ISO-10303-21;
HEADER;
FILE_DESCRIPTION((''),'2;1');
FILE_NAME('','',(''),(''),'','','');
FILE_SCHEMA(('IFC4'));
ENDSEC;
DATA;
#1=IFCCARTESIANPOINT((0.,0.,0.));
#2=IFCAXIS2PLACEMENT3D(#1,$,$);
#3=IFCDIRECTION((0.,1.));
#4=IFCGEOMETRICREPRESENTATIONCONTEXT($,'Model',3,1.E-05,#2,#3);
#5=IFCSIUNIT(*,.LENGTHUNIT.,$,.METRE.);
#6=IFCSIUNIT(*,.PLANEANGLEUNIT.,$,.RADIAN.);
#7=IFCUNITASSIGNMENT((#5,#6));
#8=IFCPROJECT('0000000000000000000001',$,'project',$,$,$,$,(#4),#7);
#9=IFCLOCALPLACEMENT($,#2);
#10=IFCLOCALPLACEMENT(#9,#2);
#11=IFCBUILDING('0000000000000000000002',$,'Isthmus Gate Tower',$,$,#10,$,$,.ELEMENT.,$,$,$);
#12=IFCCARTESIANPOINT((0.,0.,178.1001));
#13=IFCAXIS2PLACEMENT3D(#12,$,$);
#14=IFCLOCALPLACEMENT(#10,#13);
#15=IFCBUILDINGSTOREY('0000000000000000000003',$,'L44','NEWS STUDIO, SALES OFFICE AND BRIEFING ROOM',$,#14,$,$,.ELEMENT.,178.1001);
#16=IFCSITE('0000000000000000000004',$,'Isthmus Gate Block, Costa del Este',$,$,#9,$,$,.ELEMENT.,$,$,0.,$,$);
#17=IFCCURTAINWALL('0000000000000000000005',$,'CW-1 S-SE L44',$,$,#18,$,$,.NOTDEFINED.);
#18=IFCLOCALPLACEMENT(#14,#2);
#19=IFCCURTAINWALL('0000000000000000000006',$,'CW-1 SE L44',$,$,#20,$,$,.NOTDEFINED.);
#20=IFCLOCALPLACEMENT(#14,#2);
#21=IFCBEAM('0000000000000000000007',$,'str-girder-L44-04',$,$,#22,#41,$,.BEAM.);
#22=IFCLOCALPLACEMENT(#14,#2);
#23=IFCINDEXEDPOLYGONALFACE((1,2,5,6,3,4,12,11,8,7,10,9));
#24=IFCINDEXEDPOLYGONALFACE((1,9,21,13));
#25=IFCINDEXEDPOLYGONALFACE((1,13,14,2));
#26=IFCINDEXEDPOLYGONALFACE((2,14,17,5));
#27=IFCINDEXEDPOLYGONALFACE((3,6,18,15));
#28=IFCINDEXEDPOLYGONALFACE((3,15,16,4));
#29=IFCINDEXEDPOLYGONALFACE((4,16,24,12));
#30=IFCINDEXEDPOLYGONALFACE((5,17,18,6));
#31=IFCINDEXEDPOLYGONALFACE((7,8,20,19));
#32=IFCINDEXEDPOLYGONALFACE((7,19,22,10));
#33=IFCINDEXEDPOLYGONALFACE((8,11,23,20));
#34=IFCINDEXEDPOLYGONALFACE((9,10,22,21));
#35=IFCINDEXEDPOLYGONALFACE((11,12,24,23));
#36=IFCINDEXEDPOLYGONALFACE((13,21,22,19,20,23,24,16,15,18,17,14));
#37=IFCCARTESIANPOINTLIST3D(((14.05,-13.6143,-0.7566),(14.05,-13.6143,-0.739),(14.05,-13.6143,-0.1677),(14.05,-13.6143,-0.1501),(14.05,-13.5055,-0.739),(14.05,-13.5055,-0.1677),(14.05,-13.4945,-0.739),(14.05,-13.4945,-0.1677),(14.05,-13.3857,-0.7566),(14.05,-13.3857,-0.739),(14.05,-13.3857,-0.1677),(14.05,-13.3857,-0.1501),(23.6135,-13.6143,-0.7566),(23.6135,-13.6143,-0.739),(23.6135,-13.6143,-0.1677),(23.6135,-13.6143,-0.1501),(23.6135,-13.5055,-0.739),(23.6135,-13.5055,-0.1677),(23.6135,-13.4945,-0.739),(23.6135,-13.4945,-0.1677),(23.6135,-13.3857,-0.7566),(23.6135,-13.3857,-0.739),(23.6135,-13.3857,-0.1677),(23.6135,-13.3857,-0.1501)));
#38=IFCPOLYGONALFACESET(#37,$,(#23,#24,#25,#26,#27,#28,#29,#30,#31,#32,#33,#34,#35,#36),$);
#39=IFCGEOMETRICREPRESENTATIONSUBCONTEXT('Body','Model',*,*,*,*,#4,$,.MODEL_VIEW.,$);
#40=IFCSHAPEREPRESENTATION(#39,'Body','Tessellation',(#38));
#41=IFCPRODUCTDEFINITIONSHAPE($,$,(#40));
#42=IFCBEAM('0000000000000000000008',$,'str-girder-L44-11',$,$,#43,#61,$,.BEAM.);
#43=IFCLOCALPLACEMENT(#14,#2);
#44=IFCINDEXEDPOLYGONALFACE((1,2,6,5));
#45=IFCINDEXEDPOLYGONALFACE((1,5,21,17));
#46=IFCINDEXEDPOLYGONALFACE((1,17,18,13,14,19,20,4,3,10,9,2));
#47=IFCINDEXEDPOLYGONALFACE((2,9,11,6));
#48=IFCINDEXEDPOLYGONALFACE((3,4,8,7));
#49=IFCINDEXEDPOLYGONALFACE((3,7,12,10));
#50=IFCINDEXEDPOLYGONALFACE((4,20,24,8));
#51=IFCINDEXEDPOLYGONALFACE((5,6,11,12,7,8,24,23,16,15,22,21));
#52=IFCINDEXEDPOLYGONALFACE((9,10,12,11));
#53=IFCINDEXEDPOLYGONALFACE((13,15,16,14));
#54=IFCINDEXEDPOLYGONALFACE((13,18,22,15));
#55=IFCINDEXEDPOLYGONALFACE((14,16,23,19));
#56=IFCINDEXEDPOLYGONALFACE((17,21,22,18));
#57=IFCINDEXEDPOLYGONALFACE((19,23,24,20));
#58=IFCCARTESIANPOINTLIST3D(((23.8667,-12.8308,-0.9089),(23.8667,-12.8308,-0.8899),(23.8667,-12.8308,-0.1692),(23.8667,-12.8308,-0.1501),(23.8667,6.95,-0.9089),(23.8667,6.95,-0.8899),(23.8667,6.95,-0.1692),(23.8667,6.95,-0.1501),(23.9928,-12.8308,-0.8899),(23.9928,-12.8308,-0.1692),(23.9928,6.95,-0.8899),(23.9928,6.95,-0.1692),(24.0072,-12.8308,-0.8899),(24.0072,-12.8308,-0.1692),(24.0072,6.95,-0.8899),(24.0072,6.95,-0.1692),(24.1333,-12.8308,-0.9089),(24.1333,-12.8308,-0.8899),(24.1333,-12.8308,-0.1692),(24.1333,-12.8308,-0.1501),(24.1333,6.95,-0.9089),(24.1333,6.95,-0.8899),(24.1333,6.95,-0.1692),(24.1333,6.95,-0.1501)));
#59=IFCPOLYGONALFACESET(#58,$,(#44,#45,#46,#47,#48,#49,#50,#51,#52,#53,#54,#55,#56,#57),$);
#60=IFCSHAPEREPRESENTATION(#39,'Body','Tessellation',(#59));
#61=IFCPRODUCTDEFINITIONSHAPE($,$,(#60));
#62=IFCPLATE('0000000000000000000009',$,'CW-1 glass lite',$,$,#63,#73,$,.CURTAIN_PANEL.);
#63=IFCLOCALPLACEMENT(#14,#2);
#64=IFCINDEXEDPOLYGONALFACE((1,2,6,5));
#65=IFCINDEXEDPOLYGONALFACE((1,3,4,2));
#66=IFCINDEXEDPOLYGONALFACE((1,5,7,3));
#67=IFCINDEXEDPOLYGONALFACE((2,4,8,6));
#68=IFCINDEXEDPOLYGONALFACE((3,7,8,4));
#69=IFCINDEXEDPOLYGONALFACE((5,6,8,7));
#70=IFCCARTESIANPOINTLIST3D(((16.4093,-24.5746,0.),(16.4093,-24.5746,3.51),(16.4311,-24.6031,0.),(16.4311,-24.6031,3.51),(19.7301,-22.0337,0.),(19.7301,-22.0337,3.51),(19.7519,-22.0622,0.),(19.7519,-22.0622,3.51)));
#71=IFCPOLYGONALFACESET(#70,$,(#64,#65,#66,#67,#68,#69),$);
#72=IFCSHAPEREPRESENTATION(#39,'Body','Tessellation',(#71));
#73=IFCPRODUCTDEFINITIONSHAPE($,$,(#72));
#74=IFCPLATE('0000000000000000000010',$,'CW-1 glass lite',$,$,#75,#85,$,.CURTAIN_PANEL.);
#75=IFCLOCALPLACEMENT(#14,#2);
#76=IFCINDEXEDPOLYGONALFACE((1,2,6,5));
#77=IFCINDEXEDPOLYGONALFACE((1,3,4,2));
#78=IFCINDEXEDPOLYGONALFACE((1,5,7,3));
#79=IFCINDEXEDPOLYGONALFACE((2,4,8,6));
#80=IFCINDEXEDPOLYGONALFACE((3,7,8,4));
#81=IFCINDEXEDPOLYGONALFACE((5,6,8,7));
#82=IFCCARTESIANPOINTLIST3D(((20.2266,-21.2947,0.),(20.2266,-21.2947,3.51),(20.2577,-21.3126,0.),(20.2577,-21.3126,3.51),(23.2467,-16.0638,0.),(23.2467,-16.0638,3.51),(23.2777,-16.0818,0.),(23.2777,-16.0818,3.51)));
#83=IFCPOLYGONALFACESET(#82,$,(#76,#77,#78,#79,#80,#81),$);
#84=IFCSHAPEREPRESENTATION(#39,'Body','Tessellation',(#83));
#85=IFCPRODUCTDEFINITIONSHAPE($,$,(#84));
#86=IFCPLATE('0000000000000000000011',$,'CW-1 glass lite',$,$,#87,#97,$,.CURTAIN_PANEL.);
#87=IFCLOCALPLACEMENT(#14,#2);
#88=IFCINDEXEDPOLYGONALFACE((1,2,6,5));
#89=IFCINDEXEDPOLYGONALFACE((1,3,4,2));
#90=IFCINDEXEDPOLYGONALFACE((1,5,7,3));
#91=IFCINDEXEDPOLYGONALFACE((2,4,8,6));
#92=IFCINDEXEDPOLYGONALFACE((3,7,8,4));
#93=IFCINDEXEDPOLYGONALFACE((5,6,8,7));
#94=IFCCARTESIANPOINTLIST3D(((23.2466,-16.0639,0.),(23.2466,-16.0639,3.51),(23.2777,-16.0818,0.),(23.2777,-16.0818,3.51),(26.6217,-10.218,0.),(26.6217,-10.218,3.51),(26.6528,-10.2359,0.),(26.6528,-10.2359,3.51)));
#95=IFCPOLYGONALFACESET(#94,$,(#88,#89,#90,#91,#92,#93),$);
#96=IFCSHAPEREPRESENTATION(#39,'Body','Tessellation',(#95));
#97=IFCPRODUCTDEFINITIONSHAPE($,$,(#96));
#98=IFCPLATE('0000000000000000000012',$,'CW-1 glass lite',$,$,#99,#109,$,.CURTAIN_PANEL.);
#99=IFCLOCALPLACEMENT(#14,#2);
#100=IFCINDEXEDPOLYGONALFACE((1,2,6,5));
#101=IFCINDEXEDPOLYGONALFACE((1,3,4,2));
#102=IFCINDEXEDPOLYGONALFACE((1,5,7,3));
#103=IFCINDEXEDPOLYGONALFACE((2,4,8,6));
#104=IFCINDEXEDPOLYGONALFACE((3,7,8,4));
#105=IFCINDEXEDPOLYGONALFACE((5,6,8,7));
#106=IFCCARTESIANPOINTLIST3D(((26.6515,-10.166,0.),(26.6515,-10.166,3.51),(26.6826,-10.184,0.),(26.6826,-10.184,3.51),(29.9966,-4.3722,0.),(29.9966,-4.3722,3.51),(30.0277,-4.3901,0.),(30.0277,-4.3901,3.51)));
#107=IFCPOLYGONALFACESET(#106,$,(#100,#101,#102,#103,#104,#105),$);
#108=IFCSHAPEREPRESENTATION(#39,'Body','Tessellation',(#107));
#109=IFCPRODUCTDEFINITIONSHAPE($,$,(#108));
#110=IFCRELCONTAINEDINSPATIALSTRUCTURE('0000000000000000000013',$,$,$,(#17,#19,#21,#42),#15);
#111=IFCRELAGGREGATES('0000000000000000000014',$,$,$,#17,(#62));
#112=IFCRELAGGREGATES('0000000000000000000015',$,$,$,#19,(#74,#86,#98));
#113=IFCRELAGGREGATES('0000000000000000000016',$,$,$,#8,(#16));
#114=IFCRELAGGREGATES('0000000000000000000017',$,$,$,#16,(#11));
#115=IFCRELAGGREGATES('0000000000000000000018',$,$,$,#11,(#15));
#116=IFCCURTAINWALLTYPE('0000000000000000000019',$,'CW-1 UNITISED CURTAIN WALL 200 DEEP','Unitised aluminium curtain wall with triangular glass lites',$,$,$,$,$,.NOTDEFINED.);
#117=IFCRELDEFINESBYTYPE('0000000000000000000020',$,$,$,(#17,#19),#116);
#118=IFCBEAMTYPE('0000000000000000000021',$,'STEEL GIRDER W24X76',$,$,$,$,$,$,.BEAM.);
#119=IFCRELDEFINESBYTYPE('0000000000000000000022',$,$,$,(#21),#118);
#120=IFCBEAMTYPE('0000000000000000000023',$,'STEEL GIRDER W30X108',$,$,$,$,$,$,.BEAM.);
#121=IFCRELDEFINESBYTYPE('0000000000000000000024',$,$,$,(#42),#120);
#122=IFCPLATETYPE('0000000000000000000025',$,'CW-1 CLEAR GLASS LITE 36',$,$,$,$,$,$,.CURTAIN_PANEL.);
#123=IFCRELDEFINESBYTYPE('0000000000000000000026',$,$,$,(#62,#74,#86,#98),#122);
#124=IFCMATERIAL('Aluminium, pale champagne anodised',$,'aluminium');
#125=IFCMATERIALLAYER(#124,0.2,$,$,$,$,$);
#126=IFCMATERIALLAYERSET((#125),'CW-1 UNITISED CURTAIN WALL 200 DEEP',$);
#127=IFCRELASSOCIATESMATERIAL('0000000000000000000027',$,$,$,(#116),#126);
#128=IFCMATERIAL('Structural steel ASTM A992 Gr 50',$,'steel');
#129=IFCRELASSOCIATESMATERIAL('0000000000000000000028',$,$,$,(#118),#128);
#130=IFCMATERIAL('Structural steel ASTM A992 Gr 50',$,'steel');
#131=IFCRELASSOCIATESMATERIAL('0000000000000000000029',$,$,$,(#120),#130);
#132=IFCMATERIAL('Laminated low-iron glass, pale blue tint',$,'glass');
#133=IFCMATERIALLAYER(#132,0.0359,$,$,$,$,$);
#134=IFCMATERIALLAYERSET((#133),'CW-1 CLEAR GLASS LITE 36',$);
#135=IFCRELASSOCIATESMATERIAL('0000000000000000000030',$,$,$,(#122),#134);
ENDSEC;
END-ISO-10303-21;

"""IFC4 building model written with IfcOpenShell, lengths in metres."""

from ifc_helpers import new_model, si_unit, direction, frame, origin, origin_2d, place, context, subcontext, project, spatial, rectangle, i_section, extrude, material, layer, layer_set, material_profile, profile_set, type_object, element, aggregate, save


model = new_model("IFC4")

# Units and contexts
model_context = context("Model", 3, precision=1e-05, world=origin(), true_north=direction((0.0, 1.0)))
body_context = subcontext(model_context, "Body", "Model", "MODEL_VIEW")
ifc_project = project(units=[si_unit("LENGTHUNIT", "METRE"), si_unit("PLANEANGLEUNIT", "RADIAN")], contexts=[model_context])

# Site, building, storey
site_placement = place(None, origin())
site = spatial("IfcSite", under=ifc_project, at=site_placement, Name="Isthmus Gate Block, Costa del Este", CompositionType="ELEMENT", RefElevation=0.0)
building_placement = place(site_placement, origin())
building = spatial("IfcBuilding", under=site, at=building_placement, Name="Isthmus Gate Tower", CompositionType="ELEMENT")
storey_placement = place(building_placement, frame((0.0, 0.0, 178.1001)))
storey = spatial("IfcBuildingStorey", under=building, at=storey_placement, Name="L44", Description="NEWS STUDIO, SALES OFFICE AND BRIEFING ROOM", CompositionType="ELEMENT", Elevation=178.1001)

# Curtain wall
ifc_material_1 = material(Name="Aluminium, pale champagne anodised", Category="aluminium")
ifc_layer_1 = layer(ifc_material_1, 0.2)
ifc_layer_set_1 = layer_set([ifc_layer_1], Name="CW-1 UNITISED CURTAIN WALL 200 DEEP")
curtain_wall_type = type_object("IfcCurtainWallType", Name="CW-1 UNITISED CURTAIN WALL 200 DEEP", Description="Unitised aluminium curtain wall with triangular glass lites", PredefinedType="NOTDEFINED", material=ifc_layer_set_1)
curtain_wall_1_placement = place(storey_placement, origin())
curtain_wall_1 = element("IfcCurtainWall", 1, at=curtain_wall_1_placement, inside=storey, type_object=curtain_wall_type, Name="CW-1 S-SE L44", PredefinedType="NOTDEFINED")

# Curtain wall
curtain_wall_2_placement = place(storey_placement, origin())
curtain_wall_2 = element("IfcCurtainWall", 2, at=curtain_wall_2_placement, inside=storey, type_object=curtain_wall_type, Name="CW-1 SE L44", PredefinedType="NOTDEFINED")

# Beams
ifc_material_2 = material(Name="Structural steel ASTM A992 Gr 50", Category="steel")
ifc_material_profile_1 = material_profile(ifc_material_2, i_section(OverallWidth=0.2285, OverallDepth=0.6064, WebThickness=0.011, FlangeThickness=0.0176, at=origin_2d()), Name="W24X76")
ifc_profile_set_1 = profile_set([ifc_material_profile_1], Name="Structural steel ASTM A992 Gr 50")
beam_type_1 = type_object("IfcBeamType", Name="STEEL GIRDER W24X76", PredefinedType="BEAM", material=ifc_profile_set_1)
beam_1_placement = place(storey_placement, frame((14.05, -13.5, -0.4534), z_axis=(1.0, 0.0, 0.0), x_axis=(0.0, 1.0, 0.0)))
element("IfcBeam", 3, at=beam_1_placement, inside=storey, type_object=beam_type_1, Name="str-girder-L44-04", PredefinedType="BEAM", context=body_context, shape_type="SweptSolid", body=[
    extrude(i_section(OverallWidth=0.2285, OverallDepth=0.6064, WebThickness=0.011, FlangeThickness=0.0176, at=origin_2d()), origin(), (0.0, 0.0, 1.0), 9.5635),
])
ifc_material_3 = material(Name="Structural steel ASTM A992 Gr 50", Category="steel")
ifc_material_profile_2 = material_profile(ifc_material_3, i_section(OverallWidth=0.2666, OverallDepth=0.7588, WebThickness=0.0144, FlangeThickness=0.019, at=origin_2d()), Name="W30X108")
ifc_profile_set_2 = profile_set([ifc_material_profile_2], Name="Structural steel ASTM A992 Gr 50")
beam_type_2 = type_object("IfcBeamType", Name="STEEL GIRDER W30X108", PredefinedType="BEAM", material=ifc_profile_set_2)
beam_2_placement = place(storey_placement, frame((24.0, -12.8308, -0.5295), z_axis=(0.0, 1.0, 0.0), x_axis=(-1.0, 0.0, 0.0)))
element("IfcBeam", 4, at=beam_2_placement, inside=storey, type_object=beam_type_2, Name="str-girder-L44-11", PredefinedType="BEAM", context=body_context, shape_type="SweptSolid", body=[
    extrude(i_section(OverallWidth=0.2666, OverallDepth=0.7588, WebThickness=0.0144, FlangeThickness=0.019, at=origin_2d()), origin(), (0.0, 0.0, 1.0), 19.7808),
])

# Plates
ifc_material_4 = material(Name="Laminated low-iron glass, pale blue tint", Category="glass")
ifc_layer_2 = layer(ifc_material_4, 0.0359)
ifc_layer_set_2 = layer_set([ifc_layer_2], Name="CW-1 CLEAR GLASS LITE 36")
plate_type = type_object("IfcPlateType", Name="CW-1 CLEAR GLASS LITE 36", PredefinedType="CURTAIN_PANEL", material=ifc_layer_set_2)
plate_1_placement = place(storey_placement, frame((18.0806, -23.3184, 0.0), z_axis=(0.0, 0.0, 1.0), x_axis=(0.794189, 0.607671, 0.0)))
plate_1 = element("IfcPlate", 5, at=plate_1_placement, type_object=plate_type, Name="CW-1 glass lite", PredefinedType="CURTAIN_PANEL", context=body_context, shape_type="SweptSolid", body=[
    extrude(rectangle(XDim=4.1814, YDim=0.0359, at=origin_2d()), origin(), (0.0, 0.0, 1.0), 3.51),
])
aggregate(curtain_wall_1, [plate_1])
plate_2_placement = place(storey_placement, frame((21.7522, -18.6882, 0.0), z_axis=(0.0, 0.0, 1.0), x_axis=(0.5, 0.866025, 0.0)))
plate_2 = element("IfcPlate", 6, at=plate_2_placement, type_object=plate_type, Name="CW-1 glass lite", PredefinedType="CURTAIN_PANEL", context=body_context, shape_type="SweptSolid", body=[
    extrude(rectangle(XDim=6.04, YDim=0.0359, at=origin_2d()), origin(), (0.0, 0.0, 1.0), 3.51),
])
plate_3_placement = place(storey_placement, frame((24.9497, -13.1499, 0.0), z_axis=(0.0, 0.0, 1.0), x_axis=(0.5, 0.866025, 0.0)))
plate_3 = element("IfcPlate", 7, at=plate_3_placement, type_object=plate_type, Name="CW-1 glass lite", PredefinedType="CURTAIN_PANEL", context=body_context, shape_type="SweptSolid", body=[
    extrude(rectangle(XDim=6.7502, YDim=0.0359, at=origin_2d()), origin(), (0.0, 0.0, 1.0), 3.51),
])
plate_4_placement = place(storey_placement, frame((28.3396, -7.2781, 0.0), z_axis=(0.0, 0.0, 1.0), x_axis=(0.5, 0.866025, 0.0)))
plate_4 = element("IfcPlate", 8, at=plate_4_placement, type_object=plate_type, Name="CW-1 glass lite", PredefinedType="CURTAIN_PANEL", context=body_context, shape_type="SweptSolid", body=[
    extrude(rectangle(XDim=6.6902, YDim=0.0359, at=origin_2d()), origin(), (0.0, 0.0, 1.0), 3.51),
])
aggregate(curtain_wall_2, [plate_2, plate_3, plate_4])

save(model, "model.ifc")
